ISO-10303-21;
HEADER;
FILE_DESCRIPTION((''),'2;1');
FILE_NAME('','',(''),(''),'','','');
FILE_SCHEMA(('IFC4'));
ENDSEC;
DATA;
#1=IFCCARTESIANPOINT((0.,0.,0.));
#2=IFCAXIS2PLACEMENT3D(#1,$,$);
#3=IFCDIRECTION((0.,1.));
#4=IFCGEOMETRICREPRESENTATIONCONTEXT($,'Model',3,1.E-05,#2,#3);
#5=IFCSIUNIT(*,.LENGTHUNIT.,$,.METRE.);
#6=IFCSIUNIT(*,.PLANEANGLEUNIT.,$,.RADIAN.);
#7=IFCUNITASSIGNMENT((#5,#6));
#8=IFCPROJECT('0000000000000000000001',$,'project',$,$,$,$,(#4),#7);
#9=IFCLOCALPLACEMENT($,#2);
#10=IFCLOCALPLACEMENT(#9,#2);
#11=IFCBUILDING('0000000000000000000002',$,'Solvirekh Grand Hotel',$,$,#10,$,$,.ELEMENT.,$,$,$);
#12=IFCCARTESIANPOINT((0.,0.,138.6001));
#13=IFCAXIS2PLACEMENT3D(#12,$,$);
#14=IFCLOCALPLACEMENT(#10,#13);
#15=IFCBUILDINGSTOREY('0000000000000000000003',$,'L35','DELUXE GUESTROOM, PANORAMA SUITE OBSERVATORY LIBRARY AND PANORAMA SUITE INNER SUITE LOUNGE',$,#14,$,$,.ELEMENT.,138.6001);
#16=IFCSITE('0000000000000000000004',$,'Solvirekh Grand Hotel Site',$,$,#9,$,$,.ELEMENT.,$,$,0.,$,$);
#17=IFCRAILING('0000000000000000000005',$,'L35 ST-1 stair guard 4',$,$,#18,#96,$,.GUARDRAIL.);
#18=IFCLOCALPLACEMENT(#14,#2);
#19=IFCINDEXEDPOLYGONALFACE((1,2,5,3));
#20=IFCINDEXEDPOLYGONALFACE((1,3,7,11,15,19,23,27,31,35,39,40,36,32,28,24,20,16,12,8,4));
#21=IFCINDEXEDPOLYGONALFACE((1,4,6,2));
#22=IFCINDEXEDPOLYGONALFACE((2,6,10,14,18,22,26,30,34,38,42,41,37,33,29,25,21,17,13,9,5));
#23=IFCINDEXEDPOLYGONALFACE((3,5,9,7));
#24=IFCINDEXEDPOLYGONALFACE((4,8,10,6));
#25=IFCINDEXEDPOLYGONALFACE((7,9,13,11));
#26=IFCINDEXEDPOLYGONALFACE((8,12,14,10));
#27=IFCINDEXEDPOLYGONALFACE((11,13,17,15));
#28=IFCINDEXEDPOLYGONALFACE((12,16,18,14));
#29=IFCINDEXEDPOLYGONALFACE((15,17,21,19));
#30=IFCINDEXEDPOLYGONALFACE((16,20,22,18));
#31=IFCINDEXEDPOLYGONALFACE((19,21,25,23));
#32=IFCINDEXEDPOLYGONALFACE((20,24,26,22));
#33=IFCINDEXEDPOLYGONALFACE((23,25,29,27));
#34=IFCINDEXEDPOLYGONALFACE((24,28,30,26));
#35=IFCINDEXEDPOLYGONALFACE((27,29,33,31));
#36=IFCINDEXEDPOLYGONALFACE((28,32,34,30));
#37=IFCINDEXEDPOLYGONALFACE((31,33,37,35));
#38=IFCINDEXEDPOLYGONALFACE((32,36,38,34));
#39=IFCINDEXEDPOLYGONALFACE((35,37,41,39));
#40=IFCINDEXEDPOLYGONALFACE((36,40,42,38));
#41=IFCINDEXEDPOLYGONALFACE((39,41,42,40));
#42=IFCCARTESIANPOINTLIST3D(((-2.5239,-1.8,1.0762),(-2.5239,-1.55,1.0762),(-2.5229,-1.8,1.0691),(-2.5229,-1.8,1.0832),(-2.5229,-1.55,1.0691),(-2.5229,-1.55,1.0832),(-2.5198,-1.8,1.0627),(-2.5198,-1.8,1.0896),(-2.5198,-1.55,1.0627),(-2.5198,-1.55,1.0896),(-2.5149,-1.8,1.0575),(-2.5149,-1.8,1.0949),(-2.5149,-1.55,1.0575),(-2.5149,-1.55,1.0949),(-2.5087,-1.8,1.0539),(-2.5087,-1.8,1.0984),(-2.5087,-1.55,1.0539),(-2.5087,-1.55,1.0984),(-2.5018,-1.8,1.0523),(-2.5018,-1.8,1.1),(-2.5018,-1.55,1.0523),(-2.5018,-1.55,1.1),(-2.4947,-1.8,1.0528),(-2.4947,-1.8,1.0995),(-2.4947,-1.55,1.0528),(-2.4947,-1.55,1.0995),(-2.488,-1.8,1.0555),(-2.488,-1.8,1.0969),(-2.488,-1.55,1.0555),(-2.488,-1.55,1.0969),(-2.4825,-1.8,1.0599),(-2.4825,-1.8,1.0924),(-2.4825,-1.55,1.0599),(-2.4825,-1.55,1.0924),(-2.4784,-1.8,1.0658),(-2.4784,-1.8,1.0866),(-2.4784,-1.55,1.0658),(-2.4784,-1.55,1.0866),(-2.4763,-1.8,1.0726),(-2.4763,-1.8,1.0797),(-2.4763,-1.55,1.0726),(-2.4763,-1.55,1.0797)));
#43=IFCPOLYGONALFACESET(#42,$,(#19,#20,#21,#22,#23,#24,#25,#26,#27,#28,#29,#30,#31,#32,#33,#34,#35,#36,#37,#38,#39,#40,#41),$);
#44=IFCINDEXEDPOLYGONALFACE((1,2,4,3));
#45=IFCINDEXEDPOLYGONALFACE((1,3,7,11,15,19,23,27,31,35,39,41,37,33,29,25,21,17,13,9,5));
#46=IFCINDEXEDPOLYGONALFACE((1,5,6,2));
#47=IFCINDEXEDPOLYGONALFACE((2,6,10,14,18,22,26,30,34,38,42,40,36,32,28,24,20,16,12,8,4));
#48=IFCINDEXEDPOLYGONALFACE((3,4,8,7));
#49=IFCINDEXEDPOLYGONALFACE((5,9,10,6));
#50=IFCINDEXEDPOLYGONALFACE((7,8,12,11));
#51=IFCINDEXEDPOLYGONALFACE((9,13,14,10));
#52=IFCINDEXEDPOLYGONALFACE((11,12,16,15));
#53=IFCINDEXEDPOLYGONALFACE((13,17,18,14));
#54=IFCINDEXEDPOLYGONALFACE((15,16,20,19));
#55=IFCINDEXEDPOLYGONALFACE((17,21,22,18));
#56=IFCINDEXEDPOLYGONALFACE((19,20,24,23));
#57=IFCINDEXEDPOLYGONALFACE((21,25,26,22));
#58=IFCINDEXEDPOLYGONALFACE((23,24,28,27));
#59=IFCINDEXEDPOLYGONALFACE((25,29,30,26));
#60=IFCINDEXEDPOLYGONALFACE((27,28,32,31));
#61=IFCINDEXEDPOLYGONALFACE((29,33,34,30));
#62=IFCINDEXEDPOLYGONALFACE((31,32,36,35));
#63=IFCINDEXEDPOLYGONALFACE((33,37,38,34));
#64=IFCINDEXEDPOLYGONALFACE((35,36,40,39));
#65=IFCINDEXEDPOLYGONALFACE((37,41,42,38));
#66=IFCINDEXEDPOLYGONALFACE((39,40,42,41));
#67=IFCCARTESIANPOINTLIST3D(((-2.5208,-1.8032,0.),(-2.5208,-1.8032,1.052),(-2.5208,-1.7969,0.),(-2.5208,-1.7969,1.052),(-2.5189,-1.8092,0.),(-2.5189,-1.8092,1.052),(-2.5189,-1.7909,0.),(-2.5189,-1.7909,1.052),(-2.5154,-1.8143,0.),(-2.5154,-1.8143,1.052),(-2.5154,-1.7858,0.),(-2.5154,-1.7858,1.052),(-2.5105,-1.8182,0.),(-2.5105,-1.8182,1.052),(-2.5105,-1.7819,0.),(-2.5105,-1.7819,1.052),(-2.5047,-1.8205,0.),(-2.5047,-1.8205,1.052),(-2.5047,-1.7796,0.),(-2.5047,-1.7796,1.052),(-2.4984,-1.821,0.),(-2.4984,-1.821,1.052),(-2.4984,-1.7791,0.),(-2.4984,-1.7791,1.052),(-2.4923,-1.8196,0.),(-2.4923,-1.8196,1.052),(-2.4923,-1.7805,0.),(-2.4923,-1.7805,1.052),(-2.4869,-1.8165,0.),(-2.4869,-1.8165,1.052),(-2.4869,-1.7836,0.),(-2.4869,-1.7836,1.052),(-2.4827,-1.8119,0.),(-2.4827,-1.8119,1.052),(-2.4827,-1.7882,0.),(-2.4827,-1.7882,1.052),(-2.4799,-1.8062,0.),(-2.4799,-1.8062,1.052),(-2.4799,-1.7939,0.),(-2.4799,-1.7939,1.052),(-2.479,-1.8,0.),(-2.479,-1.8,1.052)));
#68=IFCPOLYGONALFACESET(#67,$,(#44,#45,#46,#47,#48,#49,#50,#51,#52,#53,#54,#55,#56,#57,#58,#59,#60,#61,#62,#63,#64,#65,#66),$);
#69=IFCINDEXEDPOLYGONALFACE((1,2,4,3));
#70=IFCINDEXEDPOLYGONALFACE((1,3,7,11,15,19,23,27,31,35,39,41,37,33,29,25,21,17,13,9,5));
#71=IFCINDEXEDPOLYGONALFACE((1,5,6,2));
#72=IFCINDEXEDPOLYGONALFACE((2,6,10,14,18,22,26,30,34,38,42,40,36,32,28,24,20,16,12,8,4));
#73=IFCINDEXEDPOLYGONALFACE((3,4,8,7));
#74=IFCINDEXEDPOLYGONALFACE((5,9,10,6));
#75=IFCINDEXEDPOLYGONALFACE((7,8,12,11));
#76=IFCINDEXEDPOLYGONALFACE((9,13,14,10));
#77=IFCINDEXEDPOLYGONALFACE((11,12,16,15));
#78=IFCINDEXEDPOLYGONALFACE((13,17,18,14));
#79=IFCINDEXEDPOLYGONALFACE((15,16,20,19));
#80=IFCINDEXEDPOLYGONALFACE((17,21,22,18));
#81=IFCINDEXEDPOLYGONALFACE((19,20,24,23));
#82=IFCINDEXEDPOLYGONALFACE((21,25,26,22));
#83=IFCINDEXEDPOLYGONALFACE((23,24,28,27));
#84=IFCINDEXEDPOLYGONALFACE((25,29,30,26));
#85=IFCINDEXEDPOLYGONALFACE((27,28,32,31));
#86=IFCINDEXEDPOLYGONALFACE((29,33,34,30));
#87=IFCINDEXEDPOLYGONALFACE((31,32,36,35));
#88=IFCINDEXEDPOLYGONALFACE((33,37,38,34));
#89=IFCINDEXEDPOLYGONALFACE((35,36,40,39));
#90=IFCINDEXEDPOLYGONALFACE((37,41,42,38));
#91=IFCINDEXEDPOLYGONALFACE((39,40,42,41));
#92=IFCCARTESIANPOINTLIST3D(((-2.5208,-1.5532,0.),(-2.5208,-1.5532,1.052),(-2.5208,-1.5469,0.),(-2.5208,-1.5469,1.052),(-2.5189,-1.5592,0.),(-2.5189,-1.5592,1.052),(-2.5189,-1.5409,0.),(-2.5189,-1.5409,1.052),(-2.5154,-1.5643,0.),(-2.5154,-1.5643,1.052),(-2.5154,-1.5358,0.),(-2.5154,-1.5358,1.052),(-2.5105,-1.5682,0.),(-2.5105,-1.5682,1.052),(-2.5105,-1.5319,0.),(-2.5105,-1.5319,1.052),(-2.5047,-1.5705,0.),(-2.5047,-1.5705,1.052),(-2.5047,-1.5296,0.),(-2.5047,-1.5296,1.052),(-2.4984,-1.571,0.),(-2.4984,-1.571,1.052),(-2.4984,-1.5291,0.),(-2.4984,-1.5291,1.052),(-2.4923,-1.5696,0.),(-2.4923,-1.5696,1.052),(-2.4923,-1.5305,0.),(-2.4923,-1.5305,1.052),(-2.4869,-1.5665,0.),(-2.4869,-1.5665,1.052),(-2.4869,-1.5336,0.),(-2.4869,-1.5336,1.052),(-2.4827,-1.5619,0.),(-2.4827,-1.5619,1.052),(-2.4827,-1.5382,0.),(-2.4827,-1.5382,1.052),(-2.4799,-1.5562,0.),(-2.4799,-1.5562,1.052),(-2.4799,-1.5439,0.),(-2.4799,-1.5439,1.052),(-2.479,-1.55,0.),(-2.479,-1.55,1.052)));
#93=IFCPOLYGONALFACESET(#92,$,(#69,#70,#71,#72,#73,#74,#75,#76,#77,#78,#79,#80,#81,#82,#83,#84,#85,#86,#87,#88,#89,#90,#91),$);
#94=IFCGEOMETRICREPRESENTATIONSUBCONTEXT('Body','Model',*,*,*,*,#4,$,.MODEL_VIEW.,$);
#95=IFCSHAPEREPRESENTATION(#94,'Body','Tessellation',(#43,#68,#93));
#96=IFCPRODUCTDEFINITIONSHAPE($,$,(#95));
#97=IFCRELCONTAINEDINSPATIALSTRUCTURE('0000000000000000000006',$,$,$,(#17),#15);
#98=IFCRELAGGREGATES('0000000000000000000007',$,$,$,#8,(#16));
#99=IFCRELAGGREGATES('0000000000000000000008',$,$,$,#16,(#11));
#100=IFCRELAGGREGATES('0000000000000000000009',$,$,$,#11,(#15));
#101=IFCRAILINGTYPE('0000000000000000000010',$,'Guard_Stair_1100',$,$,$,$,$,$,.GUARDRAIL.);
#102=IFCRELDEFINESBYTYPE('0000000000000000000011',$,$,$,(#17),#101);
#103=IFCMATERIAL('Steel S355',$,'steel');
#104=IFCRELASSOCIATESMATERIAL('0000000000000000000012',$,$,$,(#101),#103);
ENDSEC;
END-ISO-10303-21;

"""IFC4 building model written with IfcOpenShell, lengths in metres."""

from ifc_helpers import new_model, si_unit, direction, frame, origin, origin_2d, place, context, subcontext, project, spatial, circle, extrude, material, type_object, element, save


model = new_model("IFC4")

# Units and contexts
model_context = context("Model", 3, precision=1e-05, world=origin(), true_north=direction((0.0, 1.0)))
body_context = subcontext(model_context, "Body", "Model", "MODEL_VIEW")
ifc_project = project(units=[si_unit("LENGTHUNIT", "METRE"), si_unit("PLANEANGLEUNIT", "RADIAN")], contexts=[model_context])

# Site, building, storey
site_placement = place(None, origin())
site = spatial("IfcSite", under=ifc_project, at=site_placement, Name="Solvirekh Grand Hotel Site", CompositionType="ELEMENT", RefElevation=0.0)
building_placement = place(site_placement, origin())
building = spatial("IfcBuilding", under=site, at=building_placement, Name="Solvirekh Grand Hotel", CompositionType="ELEMENT")
storey_placement = place(building_placement, frame((0.0, 0.0, 138.6001)))
storey = spatial("IfcBuildingStorey", under=building, at=storey_placement, Name="L35", Description="DELUXE GUESTROOM, PANORAMA SUITE OBSERVATORY LIBRARY AND PANORAMA SUITE INNER SUITE LOUNGE", CompositionType="ELEMENT", Elevation=138.6001)

# Railing
ifc_material_1 = material(Name="Steel S355", Category="steel")
railing_type_1 = type_object("IfcRailingType", Name="Guard_Stair_1100", PredefinedType="GUARDRAIL", material=ifc_material_1)
railing_1_placement = place(storey_placement, frame((-2.5, -1.8, 0.0)))
element("IfcRailing", 1, at=railing_1_placement, inside=storey, type_object=railing_type_1, Name="L35 ST-1 stair guard 4", PredefinedType="GUARDRAIL", context=body_context, shape_type="SweptSolid", body=[
    extrude(circle(Radius=0.0239, at=origin_2d()), frame((0.0, 0.0, 1.0762), z_axis=(0.0, 1.0, 0.0), x_axis=(-1.0, 0.0, 0.0)), (0.0, 0.0, 1.0), 0.25),
    extrude(circle(Radius=0.021, at=origin_2d()), origin(), (0.0, 0.0, 1.0), 1.052),
    extrude(circle(Radius=0.021, at=origin_2d()), frame((0.0, 0.25, 0.0)), (0.0, 0.0, 1.0), 1.052),
])

save(model, "model.ifc")
